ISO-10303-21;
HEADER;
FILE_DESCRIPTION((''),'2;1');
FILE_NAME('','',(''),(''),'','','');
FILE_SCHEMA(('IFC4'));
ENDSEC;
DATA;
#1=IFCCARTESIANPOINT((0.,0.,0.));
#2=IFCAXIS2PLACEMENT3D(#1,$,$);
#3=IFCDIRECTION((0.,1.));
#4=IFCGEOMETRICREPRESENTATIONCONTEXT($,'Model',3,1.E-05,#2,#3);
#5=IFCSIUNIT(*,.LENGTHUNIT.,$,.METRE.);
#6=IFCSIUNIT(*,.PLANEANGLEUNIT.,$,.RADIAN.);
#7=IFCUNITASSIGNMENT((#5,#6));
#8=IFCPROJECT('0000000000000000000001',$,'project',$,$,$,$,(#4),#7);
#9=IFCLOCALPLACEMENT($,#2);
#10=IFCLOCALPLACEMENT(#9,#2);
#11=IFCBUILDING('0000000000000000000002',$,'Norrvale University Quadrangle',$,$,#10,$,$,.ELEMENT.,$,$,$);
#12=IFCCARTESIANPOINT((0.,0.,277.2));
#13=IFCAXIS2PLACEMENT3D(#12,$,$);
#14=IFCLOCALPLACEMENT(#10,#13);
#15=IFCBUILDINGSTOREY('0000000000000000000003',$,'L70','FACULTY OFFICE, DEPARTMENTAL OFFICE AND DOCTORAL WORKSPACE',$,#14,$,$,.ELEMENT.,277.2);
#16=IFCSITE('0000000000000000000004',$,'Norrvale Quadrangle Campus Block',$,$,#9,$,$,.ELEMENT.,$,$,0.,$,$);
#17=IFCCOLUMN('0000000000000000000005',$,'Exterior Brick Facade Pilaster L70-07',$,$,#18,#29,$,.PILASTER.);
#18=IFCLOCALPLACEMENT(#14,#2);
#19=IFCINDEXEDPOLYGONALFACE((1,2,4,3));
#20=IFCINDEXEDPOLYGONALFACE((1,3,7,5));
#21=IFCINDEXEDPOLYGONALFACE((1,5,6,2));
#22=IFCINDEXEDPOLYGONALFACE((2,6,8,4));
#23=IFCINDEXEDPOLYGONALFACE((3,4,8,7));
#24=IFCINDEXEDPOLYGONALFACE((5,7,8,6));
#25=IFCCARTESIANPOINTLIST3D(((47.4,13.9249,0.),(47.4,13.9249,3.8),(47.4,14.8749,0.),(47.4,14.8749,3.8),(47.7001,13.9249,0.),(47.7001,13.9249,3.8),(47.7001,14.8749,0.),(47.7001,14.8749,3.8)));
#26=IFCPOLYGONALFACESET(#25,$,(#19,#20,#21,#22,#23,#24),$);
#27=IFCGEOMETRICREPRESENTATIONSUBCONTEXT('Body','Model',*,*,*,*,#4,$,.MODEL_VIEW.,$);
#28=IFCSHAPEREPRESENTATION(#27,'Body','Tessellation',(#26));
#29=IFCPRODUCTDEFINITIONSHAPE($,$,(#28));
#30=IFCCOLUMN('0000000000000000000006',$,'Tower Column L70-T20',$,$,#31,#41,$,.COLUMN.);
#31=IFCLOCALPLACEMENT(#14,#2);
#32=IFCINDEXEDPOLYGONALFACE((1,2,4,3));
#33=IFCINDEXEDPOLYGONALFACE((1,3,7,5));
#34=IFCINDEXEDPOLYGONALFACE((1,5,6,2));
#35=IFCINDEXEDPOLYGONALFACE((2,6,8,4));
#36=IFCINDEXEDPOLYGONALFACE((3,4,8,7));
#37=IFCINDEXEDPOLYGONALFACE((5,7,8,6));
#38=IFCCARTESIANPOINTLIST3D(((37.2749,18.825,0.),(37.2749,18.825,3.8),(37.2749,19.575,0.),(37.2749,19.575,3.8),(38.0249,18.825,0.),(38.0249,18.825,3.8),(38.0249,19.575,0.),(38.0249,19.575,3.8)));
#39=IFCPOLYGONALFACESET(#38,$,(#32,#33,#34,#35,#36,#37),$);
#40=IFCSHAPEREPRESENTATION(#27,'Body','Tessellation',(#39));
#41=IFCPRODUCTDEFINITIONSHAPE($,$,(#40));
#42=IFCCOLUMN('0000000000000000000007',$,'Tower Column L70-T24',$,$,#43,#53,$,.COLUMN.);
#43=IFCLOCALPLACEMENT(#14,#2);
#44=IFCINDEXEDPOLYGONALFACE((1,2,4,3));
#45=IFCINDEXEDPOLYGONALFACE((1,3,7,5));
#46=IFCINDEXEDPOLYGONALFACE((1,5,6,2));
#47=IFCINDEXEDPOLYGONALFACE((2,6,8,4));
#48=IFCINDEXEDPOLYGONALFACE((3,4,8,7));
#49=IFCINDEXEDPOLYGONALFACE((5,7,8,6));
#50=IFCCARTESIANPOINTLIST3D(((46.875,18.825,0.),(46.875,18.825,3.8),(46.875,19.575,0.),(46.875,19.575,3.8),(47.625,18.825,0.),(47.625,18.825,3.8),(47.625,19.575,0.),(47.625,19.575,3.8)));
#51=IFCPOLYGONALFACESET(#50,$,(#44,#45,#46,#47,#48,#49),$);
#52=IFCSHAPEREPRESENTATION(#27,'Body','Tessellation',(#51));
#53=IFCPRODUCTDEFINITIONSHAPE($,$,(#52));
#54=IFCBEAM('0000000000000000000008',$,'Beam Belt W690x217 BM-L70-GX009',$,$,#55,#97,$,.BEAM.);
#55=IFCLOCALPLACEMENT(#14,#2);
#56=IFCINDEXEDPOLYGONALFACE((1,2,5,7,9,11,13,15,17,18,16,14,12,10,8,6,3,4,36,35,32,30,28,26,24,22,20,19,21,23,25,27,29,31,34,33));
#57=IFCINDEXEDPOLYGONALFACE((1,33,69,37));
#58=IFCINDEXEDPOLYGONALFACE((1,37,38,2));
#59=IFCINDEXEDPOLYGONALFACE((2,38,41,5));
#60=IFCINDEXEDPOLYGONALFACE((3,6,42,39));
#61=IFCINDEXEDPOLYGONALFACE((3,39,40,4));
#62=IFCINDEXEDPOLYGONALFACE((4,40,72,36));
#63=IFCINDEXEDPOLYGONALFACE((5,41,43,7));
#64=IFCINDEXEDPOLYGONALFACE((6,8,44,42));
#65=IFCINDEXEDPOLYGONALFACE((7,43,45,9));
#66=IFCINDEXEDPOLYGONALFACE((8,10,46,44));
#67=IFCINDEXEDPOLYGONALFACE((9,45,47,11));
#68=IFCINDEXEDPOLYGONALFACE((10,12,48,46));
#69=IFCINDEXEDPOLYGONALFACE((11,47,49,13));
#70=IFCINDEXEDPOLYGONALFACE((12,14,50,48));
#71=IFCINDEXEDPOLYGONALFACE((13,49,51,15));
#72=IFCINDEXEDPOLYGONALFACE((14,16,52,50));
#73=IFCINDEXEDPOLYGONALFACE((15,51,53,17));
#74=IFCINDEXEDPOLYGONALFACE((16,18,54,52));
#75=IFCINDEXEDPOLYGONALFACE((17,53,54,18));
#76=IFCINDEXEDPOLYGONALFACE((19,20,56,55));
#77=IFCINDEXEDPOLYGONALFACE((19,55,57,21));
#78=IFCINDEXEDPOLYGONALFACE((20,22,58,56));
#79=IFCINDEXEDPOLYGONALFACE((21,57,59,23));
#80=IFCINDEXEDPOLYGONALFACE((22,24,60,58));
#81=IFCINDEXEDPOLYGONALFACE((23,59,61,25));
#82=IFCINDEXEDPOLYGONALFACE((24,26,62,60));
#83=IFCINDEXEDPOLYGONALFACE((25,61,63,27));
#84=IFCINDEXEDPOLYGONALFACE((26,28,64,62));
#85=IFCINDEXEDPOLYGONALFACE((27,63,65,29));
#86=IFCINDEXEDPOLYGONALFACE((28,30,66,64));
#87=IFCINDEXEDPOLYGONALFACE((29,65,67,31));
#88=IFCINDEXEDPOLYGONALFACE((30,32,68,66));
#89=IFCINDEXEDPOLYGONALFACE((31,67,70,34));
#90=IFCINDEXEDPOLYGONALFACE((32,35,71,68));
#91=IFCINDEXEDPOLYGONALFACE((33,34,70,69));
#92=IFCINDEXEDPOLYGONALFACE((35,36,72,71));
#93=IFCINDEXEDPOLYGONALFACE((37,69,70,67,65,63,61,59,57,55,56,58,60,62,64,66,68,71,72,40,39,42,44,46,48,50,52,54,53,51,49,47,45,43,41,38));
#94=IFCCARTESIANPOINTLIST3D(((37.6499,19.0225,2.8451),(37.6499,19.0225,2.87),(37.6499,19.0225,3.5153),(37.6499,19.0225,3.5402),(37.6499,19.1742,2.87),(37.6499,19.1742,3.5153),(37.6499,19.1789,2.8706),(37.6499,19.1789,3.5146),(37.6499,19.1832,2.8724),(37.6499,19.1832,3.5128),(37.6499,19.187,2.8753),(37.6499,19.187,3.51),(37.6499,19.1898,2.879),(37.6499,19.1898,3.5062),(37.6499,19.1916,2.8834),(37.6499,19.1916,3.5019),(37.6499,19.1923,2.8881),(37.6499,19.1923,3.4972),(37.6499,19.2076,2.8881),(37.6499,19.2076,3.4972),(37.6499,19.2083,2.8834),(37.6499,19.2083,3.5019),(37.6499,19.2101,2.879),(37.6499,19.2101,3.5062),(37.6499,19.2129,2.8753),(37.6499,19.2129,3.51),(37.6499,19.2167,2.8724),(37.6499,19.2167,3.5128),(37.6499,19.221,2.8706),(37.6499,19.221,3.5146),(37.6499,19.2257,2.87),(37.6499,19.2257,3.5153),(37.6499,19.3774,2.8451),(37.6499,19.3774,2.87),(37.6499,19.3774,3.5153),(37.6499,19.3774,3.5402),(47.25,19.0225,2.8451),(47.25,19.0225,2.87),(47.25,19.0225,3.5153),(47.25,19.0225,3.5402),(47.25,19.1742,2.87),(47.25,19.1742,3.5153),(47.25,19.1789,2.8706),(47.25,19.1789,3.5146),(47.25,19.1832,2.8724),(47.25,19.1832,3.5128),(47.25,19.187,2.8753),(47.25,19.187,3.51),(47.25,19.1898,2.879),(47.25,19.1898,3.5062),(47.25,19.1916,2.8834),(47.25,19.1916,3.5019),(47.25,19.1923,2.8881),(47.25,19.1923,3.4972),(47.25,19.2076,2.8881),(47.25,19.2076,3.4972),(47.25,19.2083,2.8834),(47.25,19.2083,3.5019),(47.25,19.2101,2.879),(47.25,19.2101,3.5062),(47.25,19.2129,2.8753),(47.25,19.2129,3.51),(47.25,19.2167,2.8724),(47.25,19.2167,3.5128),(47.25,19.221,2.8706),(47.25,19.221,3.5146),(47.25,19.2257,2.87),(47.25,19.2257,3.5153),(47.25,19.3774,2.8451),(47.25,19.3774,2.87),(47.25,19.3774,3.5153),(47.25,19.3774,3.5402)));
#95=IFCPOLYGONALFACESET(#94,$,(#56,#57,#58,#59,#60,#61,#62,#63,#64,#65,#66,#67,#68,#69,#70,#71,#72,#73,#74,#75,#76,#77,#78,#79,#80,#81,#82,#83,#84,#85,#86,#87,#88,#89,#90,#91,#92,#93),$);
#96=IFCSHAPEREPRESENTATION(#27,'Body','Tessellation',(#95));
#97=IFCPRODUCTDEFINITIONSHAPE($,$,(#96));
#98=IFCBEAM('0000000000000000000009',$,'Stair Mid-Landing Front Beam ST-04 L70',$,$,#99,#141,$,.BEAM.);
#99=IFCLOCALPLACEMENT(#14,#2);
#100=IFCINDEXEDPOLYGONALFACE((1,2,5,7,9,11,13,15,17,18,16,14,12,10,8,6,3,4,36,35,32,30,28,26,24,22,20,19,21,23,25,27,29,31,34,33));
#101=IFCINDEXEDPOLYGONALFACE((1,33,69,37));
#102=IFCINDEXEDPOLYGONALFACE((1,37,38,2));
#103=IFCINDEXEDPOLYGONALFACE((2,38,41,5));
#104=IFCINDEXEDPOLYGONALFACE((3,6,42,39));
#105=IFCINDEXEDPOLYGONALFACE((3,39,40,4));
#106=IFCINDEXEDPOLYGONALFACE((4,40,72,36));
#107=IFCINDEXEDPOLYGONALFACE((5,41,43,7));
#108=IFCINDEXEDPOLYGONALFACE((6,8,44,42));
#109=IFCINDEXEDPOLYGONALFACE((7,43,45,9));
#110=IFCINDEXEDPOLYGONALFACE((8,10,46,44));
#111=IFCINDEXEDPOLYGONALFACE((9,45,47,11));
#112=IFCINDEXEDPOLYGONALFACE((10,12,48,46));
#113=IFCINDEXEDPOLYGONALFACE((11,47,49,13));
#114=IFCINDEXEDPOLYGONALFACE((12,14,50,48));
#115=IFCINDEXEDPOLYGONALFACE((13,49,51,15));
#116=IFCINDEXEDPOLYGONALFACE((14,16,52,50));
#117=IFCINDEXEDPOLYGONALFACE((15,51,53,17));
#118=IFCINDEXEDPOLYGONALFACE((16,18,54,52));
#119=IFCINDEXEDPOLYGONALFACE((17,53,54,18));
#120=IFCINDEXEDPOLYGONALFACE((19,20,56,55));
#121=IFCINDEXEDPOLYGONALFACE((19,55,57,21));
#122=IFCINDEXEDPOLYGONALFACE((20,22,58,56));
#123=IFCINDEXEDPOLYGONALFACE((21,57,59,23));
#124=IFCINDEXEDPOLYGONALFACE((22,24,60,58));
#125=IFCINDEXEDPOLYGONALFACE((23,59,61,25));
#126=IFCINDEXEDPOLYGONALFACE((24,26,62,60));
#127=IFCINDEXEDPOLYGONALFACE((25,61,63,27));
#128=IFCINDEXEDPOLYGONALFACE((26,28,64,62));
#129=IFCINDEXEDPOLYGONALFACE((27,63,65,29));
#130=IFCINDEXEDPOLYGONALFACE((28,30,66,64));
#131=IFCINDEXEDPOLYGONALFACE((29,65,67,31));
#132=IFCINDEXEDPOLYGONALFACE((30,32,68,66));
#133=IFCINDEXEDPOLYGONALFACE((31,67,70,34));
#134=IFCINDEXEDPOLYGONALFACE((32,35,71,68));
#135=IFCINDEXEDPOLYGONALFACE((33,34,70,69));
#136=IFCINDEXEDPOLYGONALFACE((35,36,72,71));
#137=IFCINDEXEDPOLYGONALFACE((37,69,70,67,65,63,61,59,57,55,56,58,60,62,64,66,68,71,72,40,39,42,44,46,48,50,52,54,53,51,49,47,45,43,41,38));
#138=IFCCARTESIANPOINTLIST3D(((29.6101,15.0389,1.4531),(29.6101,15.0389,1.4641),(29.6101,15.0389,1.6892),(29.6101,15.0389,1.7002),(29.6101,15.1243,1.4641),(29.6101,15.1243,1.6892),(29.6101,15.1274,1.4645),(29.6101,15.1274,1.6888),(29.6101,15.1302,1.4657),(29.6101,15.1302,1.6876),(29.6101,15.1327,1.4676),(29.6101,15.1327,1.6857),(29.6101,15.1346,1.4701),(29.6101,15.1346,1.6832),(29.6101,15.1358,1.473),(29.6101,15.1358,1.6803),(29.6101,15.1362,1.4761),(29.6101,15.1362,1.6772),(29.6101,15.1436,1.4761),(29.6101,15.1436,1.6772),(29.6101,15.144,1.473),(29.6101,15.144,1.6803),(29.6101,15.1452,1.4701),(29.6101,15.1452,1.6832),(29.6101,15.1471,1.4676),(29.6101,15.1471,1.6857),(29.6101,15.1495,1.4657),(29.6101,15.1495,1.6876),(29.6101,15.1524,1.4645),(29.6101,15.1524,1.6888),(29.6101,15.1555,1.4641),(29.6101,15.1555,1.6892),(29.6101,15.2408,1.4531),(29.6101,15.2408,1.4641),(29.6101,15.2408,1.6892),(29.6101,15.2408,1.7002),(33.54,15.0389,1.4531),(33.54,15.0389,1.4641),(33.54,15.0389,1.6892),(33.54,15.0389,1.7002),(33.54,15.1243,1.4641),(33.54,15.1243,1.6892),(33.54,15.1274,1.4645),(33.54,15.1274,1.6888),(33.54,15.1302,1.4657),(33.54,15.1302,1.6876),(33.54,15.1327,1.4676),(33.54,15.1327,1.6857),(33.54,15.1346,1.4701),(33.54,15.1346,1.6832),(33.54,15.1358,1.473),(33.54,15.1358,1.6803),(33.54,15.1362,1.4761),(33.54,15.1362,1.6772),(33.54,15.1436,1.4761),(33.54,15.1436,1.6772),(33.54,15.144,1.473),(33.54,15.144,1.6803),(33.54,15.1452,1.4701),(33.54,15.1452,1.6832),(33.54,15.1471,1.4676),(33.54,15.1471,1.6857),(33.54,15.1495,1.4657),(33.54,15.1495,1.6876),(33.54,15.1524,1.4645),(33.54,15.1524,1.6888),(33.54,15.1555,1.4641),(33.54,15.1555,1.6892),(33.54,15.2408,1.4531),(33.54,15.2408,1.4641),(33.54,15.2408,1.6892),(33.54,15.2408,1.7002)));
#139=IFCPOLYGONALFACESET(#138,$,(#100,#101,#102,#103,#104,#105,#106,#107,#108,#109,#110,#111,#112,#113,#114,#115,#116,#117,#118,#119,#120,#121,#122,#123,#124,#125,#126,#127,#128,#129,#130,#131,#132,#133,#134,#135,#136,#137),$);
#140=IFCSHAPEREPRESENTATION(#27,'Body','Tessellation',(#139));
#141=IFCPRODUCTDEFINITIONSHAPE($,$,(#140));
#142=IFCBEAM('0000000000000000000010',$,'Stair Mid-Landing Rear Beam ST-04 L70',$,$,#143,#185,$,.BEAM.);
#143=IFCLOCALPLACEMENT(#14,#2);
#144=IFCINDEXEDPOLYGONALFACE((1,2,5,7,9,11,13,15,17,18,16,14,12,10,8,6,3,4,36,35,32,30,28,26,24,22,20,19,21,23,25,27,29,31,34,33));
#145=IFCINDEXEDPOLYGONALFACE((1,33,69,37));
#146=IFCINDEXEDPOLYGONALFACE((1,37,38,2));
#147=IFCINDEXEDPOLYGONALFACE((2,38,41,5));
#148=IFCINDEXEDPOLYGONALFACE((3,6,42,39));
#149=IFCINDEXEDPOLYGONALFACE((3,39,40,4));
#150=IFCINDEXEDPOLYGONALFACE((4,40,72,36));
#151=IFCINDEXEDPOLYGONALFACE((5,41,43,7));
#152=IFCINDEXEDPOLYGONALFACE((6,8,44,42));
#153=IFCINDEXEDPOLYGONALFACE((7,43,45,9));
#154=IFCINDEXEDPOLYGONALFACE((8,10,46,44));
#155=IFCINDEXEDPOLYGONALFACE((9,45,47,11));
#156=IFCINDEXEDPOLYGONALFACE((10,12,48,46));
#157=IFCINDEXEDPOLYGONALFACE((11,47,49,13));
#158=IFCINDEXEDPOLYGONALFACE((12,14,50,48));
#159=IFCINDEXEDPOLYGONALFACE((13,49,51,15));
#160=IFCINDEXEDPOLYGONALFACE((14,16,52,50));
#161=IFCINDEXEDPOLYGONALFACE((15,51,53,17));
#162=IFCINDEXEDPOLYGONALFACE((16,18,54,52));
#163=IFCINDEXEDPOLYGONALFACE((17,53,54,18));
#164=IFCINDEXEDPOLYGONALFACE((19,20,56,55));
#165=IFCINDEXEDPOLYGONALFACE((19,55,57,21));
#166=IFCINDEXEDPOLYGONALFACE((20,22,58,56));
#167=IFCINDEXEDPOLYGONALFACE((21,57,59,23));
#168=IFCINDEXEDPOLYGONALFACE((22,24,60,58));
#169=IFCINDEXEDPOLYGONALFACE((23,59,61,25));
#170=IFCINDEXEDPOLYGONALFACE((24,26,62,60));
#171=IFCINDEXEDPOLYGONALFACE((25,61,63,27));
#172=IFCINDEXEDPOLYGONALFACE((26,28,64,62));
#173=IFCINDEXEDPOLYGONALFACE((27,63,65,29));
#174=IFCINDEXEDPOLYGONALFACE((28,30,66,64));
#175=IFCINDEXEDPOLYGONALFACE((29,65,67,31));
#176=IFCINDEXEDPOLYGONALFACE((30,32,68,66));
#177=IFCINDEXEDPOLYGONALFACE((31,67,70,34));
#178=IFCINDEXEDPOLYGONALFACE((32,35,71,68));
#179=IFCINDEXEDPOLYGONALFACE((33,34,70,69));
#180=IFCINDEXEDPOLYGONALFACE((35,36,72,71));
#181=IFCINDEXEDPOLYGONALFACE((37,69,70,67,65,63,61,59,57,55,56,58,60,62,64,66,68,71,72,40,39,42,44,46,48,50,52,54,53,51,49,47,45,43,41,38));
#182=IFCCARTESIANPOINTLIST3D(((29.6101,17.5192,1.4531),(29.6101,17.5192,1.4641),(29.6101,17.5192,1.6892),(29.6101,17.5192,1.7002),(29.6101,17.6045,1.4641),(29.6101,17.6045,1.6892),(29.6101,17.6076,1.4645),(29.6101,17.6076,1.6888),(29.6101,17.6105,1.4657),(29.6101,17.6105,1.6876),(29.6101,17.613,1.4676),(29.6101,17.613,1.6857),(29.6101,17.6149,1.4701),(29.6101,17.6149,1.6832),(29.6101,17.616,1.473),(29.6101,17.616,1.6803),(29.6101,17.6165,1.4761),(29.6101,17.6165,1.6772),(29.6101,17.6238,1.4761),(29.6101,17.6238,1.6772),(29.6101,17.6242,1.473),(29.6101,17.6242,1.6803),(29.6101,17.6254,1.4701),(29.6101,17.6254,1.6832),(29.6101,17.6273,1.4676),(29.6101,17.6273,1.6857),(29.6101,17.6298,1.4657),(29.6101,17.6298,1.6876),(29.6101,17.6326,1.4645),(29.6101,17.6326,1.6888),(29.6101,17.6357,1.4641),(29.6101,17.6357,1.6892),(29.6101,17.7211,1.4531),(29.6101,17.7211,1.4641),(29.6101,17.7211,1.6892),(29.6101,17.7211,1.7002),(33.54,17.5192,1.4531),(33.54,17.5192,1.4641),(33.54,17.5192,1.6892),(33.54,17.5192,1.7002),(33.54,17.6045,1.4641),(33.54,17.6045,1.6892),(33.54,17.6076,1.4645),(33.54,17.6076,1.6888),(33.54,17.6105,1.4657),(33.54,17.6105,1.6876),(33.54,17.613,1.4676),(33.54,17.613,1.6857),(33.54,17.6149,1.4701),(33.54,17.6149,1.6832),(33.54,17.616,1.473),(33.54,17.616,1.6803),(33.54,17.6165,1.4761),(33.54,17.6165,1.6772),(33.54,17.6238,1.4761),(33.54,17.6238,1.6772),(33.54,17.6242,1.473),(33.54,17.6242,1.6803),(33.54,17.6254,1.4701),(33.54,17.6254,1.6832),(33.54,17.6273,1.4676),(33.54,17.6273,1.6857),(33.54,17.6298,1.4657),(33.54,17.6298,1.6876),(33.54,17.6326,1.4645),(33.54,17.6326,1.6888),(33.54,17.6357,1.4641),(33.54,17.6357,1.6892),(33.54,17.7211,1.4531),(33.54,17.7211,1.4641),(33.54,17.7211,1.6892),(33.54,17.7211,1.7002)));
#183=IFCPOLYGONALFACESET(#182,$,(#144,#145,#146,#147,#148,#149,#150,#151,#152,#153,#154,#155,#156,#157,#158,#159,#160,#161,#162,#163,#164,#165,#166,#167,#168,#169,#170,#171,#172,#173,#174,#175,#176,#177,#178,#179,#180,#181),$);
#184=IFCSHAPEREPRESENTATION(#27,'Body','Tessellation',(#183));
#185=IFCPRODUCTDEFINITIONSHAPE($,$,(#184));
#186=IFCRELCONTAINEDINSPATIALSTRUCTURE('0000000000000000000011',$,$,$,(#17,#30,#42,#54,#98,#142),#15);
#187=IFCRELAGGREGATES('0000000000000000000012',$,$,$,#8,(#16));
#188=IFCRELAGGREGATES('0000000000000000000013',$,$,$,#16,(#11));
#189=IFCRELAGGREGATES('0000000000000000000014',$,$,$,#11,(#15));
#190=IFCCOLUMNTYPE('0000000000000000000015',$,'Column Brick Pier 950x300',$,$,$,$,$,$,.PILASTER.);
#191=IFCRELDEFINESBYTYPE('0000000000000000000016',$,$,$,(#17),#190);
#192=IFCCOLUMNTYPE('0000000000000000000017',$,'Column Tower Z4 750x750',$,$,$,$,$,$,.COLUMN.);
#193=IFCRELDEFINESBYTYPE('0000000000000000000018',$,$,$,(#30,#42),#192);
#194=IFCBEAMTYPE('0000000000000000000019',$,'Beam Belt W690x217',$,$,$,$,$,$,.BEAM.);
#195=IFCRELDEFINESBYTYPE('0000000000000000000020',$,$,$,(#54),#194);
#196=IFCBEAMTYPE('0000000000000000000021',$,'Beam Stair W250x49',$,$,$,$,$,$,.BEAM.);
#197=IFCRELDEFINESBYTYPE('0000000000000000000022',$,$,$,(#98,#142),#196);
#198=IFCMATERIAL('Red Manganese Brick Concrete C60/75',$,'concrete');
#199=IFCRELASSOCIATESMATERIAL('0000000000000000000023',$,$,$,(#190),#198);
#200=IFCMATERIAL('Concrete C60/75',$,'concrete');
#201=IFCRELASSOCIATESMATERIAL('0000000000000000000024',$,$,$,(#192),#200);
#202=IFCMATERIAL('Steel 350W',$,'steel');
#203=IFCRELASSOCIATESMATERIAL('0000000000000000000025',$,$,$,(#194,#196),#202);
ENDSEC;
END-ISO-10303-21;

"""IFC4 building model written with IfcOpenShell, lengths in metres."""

from ifc_helpers import new_model, si_unit, direction, frame, origin, origin_2d, place, context, subcontext, project, spatial, rectangle, i_section, extrude, material, material_profile, profile_set, type_object, element, save


model = new_model("IFC4")

# Units and contexts
model_context = context("Model", 3, precision=1e-05, world=origin(), true_north=direction((0.0, 1.0)))
body_context = subcontext(model_context, "Body", "Model", "MODEL_VIEW")
ifc_project = project(units=[si_unit("LENGTHUNIT", "METRE"), si_unit("PLANEANGLEUNIT", "RADIAN")], contexts=[model_context])

# Site, building, storey
site_placement = place(None, origin())
site = spatial("IfcSite", under=ifc_project, at=site_placement, Name="Norrvale Quadrangle Campus Block", CompositionType="ELEMENT", RefElevation=0.0)
building_placement = place(site_placement, origin())
building = spatial("IfcBuilding", under=site, at=building_placement, Name="Norrvale University Quadrangle", CompositionType="ELEMENT")
storey_placement = place(building_placement, frame((0.0, 0.0, 277.2)))
storey = spatial("IfcBuildingStorey", under=building, at=storey_placement, Name="L70", Description="FACULTY OFFICE, DEPARTMENTAL OFFICE AND DOCTORAL WORKSPACE", CompositionType="ELEMENT", Elevation=277.2)

# Columns
ifc_material_1 = material(Name="Red Manganese Brick Concrete C60/75", Category="concrete")
ifc_material_profile_1 = material_profile(ifc_material_1, rectangle(XDim=0.95, YDim=0.3, at=origin_2d()), Name="Red Manganese Brick Concrete C60/75")
ifc_profile_set_1 = profile_set([ifc_material_profile_1], Name="Red Manganese Brick Concrete C60/75")
column_type_1 = type_object("IfcColumnType", Name="Column Brick Pier 950x300", PredefinedType="PILASTER", material=ifc_profile_set_1)
column_placement = place(storey_placement, frame((47.55, 14.3999, 0.0), z_axis=(0.0, 0.0, 1.0), x_axis=(0.0, 1.0, 0.0)))
element("IfcColumn", 1, at=column_placement, inside=storey, type_object=column_type_1, Name="Exterior Brick Facade Pilaster L70-07", PredefinedType="PILASTER", context=body_context, shape_type="SweptSolid", body=[
    extrude(rectangle(XDim=0.95, YDim=0.3, at=origin_2d()), origin(), (0.0, 0.0, 1.0), 3.8),
])
ifc_material_2 = material(Name="Concrete C60/75", Category="concrete")
ifc_material_profile_2 = material_profile(ifc_material_2, rectangle(XDim=0.75, YDim=0.75, at=origin_2d()), Name="Concrete C60/75")
ifc_profile_set_2 = profile_set([ifc_material_profile_2], Name="Concrete C60/75")
column_type_2 = type_object("IfcColumnType", Name="Column Tower Z4 750x750", PredefinedType="COLUMN", material=ifc_profile_set_2)
for number, where, z_axis, x_axis, name in (
    (2, (37.6499, 19.2, 0.0), (0.0, 0.0, 1.0), (1.0, 0.0, 0.0), "Tower Column L70-T20"),
    (3, (47.25, 19.2, 0.0), (0.0, 0.0, 1.0), (1.0, 0.0, 0.0), "Tower Column L70-T24"),
):
    element("IfcColumn", number, at=place(storey_placement, frame(where, z_axis=z_axis, x_axis=x_axis)), inside=storey, type_object=column_type_2, Name=name, PredefinedType="COLUMN", context=body_context, shape_type="SweptSolid", body=[
        extrude(rectangle(XDim=0.75, YDim=0.75, at=origin_2d()), origin(), (0.0, 0.0, 1.0), 3.8),
    ])

# Beams
ifc_material_3 = material(Name="Steel 350W", Category="steel")
ifc_material_profile_3 = material_profile(ifc_material_3, i_section(OverallWidth=0.355, OverallDepth=0.6951, WebThickness=0.0154, FlangeThickness=0.0249, FilletRadius=0.0181, at=origin_2d()), Name="Steel 350W")
ifc_profile_set_3 = profile_set([ifc_material_profile_3], Name="Steel 350W")
beam_type_1 = type_object("IfcBeamType", Name="Beam Belt W690x217", PredefinedType="BEAM", material=ifc_profile_set_3)
beam_1_placement = place(storey_placement, frame((37.6499, 19.2, 3.1926), z_axis=(1.0, 0.0, 0.0), x_axis=(0.0, 1.0, 0.0)))
element("IfcBeam", 4, at=beam_1_placement, inside=storey, type_object=beam_type_1, Name="Beam Belt W690x217 BM-L70-GX009", PredefinedType="BEAM", context=body_context, shape_type="SweptSolid", body=[
    extrude(i_section(OverallWidth=0.355, OverallDepth=0.6951, WebThickness=0.0154, FlangeThickness=0.0249, FilletRadius=0.0181, at=origin_2d()), origin(), (0.0, 0.0, 1.0), 9.6001),
])
ifc_material_profile_4 = material_profile(ifc_material_3, i_section(OverallWidth=0.2019, OverallDepth=0.2471, WebThickness=0.0073, FlangeThickness=0.011, FilletRadius=0.012, at=origin_2d()), Name="Steel 350W")
ifc_profile_set_4 = profile_set([ifc_material_profile_4], Name="Steel 350W")
beam_type_2 = type_object("IfcBeamType", Name="Beam Stair W250x49", PredefinedType="BEAM", material=ifc_profile_set_4)
for number, where, z_axis, x_axis, name in (
    (5, (29.6101, 15.1399, 1.5767), (1.0, 0.0, 0.0), (0.0, 1.0, 0.0), "Stair Mid-Landing Front Beam ST-04 L70"),
    (6, (29.6101, 17.6201, 1.5767), (1.0, 0.0, 0.0), (0.0, 1.0, 0.0), "Stair Mid-Landing Rear Beam ST-04 L70"),
):
    element("IfcBeam", number, at=place(storey_placement, frame(where, z_axis=z_axis, x_axis=x_axis)), inside=storey, type_object=beam_type_2, Name=name, PredefinedType="BEAM", context=body_context, shape_type="SweptSolid", body=[
        extrude(i_section(OverallWidth=0.2019, OverallDepth=0.2471, WebThickness=0.0073, FlangeThickness=0.011, FilletRadius=0.012, at=origin_2d()), origin(), (0.0, 0.0, 1.0), 3.9299),
    ])

save(model, "model.ifc")
